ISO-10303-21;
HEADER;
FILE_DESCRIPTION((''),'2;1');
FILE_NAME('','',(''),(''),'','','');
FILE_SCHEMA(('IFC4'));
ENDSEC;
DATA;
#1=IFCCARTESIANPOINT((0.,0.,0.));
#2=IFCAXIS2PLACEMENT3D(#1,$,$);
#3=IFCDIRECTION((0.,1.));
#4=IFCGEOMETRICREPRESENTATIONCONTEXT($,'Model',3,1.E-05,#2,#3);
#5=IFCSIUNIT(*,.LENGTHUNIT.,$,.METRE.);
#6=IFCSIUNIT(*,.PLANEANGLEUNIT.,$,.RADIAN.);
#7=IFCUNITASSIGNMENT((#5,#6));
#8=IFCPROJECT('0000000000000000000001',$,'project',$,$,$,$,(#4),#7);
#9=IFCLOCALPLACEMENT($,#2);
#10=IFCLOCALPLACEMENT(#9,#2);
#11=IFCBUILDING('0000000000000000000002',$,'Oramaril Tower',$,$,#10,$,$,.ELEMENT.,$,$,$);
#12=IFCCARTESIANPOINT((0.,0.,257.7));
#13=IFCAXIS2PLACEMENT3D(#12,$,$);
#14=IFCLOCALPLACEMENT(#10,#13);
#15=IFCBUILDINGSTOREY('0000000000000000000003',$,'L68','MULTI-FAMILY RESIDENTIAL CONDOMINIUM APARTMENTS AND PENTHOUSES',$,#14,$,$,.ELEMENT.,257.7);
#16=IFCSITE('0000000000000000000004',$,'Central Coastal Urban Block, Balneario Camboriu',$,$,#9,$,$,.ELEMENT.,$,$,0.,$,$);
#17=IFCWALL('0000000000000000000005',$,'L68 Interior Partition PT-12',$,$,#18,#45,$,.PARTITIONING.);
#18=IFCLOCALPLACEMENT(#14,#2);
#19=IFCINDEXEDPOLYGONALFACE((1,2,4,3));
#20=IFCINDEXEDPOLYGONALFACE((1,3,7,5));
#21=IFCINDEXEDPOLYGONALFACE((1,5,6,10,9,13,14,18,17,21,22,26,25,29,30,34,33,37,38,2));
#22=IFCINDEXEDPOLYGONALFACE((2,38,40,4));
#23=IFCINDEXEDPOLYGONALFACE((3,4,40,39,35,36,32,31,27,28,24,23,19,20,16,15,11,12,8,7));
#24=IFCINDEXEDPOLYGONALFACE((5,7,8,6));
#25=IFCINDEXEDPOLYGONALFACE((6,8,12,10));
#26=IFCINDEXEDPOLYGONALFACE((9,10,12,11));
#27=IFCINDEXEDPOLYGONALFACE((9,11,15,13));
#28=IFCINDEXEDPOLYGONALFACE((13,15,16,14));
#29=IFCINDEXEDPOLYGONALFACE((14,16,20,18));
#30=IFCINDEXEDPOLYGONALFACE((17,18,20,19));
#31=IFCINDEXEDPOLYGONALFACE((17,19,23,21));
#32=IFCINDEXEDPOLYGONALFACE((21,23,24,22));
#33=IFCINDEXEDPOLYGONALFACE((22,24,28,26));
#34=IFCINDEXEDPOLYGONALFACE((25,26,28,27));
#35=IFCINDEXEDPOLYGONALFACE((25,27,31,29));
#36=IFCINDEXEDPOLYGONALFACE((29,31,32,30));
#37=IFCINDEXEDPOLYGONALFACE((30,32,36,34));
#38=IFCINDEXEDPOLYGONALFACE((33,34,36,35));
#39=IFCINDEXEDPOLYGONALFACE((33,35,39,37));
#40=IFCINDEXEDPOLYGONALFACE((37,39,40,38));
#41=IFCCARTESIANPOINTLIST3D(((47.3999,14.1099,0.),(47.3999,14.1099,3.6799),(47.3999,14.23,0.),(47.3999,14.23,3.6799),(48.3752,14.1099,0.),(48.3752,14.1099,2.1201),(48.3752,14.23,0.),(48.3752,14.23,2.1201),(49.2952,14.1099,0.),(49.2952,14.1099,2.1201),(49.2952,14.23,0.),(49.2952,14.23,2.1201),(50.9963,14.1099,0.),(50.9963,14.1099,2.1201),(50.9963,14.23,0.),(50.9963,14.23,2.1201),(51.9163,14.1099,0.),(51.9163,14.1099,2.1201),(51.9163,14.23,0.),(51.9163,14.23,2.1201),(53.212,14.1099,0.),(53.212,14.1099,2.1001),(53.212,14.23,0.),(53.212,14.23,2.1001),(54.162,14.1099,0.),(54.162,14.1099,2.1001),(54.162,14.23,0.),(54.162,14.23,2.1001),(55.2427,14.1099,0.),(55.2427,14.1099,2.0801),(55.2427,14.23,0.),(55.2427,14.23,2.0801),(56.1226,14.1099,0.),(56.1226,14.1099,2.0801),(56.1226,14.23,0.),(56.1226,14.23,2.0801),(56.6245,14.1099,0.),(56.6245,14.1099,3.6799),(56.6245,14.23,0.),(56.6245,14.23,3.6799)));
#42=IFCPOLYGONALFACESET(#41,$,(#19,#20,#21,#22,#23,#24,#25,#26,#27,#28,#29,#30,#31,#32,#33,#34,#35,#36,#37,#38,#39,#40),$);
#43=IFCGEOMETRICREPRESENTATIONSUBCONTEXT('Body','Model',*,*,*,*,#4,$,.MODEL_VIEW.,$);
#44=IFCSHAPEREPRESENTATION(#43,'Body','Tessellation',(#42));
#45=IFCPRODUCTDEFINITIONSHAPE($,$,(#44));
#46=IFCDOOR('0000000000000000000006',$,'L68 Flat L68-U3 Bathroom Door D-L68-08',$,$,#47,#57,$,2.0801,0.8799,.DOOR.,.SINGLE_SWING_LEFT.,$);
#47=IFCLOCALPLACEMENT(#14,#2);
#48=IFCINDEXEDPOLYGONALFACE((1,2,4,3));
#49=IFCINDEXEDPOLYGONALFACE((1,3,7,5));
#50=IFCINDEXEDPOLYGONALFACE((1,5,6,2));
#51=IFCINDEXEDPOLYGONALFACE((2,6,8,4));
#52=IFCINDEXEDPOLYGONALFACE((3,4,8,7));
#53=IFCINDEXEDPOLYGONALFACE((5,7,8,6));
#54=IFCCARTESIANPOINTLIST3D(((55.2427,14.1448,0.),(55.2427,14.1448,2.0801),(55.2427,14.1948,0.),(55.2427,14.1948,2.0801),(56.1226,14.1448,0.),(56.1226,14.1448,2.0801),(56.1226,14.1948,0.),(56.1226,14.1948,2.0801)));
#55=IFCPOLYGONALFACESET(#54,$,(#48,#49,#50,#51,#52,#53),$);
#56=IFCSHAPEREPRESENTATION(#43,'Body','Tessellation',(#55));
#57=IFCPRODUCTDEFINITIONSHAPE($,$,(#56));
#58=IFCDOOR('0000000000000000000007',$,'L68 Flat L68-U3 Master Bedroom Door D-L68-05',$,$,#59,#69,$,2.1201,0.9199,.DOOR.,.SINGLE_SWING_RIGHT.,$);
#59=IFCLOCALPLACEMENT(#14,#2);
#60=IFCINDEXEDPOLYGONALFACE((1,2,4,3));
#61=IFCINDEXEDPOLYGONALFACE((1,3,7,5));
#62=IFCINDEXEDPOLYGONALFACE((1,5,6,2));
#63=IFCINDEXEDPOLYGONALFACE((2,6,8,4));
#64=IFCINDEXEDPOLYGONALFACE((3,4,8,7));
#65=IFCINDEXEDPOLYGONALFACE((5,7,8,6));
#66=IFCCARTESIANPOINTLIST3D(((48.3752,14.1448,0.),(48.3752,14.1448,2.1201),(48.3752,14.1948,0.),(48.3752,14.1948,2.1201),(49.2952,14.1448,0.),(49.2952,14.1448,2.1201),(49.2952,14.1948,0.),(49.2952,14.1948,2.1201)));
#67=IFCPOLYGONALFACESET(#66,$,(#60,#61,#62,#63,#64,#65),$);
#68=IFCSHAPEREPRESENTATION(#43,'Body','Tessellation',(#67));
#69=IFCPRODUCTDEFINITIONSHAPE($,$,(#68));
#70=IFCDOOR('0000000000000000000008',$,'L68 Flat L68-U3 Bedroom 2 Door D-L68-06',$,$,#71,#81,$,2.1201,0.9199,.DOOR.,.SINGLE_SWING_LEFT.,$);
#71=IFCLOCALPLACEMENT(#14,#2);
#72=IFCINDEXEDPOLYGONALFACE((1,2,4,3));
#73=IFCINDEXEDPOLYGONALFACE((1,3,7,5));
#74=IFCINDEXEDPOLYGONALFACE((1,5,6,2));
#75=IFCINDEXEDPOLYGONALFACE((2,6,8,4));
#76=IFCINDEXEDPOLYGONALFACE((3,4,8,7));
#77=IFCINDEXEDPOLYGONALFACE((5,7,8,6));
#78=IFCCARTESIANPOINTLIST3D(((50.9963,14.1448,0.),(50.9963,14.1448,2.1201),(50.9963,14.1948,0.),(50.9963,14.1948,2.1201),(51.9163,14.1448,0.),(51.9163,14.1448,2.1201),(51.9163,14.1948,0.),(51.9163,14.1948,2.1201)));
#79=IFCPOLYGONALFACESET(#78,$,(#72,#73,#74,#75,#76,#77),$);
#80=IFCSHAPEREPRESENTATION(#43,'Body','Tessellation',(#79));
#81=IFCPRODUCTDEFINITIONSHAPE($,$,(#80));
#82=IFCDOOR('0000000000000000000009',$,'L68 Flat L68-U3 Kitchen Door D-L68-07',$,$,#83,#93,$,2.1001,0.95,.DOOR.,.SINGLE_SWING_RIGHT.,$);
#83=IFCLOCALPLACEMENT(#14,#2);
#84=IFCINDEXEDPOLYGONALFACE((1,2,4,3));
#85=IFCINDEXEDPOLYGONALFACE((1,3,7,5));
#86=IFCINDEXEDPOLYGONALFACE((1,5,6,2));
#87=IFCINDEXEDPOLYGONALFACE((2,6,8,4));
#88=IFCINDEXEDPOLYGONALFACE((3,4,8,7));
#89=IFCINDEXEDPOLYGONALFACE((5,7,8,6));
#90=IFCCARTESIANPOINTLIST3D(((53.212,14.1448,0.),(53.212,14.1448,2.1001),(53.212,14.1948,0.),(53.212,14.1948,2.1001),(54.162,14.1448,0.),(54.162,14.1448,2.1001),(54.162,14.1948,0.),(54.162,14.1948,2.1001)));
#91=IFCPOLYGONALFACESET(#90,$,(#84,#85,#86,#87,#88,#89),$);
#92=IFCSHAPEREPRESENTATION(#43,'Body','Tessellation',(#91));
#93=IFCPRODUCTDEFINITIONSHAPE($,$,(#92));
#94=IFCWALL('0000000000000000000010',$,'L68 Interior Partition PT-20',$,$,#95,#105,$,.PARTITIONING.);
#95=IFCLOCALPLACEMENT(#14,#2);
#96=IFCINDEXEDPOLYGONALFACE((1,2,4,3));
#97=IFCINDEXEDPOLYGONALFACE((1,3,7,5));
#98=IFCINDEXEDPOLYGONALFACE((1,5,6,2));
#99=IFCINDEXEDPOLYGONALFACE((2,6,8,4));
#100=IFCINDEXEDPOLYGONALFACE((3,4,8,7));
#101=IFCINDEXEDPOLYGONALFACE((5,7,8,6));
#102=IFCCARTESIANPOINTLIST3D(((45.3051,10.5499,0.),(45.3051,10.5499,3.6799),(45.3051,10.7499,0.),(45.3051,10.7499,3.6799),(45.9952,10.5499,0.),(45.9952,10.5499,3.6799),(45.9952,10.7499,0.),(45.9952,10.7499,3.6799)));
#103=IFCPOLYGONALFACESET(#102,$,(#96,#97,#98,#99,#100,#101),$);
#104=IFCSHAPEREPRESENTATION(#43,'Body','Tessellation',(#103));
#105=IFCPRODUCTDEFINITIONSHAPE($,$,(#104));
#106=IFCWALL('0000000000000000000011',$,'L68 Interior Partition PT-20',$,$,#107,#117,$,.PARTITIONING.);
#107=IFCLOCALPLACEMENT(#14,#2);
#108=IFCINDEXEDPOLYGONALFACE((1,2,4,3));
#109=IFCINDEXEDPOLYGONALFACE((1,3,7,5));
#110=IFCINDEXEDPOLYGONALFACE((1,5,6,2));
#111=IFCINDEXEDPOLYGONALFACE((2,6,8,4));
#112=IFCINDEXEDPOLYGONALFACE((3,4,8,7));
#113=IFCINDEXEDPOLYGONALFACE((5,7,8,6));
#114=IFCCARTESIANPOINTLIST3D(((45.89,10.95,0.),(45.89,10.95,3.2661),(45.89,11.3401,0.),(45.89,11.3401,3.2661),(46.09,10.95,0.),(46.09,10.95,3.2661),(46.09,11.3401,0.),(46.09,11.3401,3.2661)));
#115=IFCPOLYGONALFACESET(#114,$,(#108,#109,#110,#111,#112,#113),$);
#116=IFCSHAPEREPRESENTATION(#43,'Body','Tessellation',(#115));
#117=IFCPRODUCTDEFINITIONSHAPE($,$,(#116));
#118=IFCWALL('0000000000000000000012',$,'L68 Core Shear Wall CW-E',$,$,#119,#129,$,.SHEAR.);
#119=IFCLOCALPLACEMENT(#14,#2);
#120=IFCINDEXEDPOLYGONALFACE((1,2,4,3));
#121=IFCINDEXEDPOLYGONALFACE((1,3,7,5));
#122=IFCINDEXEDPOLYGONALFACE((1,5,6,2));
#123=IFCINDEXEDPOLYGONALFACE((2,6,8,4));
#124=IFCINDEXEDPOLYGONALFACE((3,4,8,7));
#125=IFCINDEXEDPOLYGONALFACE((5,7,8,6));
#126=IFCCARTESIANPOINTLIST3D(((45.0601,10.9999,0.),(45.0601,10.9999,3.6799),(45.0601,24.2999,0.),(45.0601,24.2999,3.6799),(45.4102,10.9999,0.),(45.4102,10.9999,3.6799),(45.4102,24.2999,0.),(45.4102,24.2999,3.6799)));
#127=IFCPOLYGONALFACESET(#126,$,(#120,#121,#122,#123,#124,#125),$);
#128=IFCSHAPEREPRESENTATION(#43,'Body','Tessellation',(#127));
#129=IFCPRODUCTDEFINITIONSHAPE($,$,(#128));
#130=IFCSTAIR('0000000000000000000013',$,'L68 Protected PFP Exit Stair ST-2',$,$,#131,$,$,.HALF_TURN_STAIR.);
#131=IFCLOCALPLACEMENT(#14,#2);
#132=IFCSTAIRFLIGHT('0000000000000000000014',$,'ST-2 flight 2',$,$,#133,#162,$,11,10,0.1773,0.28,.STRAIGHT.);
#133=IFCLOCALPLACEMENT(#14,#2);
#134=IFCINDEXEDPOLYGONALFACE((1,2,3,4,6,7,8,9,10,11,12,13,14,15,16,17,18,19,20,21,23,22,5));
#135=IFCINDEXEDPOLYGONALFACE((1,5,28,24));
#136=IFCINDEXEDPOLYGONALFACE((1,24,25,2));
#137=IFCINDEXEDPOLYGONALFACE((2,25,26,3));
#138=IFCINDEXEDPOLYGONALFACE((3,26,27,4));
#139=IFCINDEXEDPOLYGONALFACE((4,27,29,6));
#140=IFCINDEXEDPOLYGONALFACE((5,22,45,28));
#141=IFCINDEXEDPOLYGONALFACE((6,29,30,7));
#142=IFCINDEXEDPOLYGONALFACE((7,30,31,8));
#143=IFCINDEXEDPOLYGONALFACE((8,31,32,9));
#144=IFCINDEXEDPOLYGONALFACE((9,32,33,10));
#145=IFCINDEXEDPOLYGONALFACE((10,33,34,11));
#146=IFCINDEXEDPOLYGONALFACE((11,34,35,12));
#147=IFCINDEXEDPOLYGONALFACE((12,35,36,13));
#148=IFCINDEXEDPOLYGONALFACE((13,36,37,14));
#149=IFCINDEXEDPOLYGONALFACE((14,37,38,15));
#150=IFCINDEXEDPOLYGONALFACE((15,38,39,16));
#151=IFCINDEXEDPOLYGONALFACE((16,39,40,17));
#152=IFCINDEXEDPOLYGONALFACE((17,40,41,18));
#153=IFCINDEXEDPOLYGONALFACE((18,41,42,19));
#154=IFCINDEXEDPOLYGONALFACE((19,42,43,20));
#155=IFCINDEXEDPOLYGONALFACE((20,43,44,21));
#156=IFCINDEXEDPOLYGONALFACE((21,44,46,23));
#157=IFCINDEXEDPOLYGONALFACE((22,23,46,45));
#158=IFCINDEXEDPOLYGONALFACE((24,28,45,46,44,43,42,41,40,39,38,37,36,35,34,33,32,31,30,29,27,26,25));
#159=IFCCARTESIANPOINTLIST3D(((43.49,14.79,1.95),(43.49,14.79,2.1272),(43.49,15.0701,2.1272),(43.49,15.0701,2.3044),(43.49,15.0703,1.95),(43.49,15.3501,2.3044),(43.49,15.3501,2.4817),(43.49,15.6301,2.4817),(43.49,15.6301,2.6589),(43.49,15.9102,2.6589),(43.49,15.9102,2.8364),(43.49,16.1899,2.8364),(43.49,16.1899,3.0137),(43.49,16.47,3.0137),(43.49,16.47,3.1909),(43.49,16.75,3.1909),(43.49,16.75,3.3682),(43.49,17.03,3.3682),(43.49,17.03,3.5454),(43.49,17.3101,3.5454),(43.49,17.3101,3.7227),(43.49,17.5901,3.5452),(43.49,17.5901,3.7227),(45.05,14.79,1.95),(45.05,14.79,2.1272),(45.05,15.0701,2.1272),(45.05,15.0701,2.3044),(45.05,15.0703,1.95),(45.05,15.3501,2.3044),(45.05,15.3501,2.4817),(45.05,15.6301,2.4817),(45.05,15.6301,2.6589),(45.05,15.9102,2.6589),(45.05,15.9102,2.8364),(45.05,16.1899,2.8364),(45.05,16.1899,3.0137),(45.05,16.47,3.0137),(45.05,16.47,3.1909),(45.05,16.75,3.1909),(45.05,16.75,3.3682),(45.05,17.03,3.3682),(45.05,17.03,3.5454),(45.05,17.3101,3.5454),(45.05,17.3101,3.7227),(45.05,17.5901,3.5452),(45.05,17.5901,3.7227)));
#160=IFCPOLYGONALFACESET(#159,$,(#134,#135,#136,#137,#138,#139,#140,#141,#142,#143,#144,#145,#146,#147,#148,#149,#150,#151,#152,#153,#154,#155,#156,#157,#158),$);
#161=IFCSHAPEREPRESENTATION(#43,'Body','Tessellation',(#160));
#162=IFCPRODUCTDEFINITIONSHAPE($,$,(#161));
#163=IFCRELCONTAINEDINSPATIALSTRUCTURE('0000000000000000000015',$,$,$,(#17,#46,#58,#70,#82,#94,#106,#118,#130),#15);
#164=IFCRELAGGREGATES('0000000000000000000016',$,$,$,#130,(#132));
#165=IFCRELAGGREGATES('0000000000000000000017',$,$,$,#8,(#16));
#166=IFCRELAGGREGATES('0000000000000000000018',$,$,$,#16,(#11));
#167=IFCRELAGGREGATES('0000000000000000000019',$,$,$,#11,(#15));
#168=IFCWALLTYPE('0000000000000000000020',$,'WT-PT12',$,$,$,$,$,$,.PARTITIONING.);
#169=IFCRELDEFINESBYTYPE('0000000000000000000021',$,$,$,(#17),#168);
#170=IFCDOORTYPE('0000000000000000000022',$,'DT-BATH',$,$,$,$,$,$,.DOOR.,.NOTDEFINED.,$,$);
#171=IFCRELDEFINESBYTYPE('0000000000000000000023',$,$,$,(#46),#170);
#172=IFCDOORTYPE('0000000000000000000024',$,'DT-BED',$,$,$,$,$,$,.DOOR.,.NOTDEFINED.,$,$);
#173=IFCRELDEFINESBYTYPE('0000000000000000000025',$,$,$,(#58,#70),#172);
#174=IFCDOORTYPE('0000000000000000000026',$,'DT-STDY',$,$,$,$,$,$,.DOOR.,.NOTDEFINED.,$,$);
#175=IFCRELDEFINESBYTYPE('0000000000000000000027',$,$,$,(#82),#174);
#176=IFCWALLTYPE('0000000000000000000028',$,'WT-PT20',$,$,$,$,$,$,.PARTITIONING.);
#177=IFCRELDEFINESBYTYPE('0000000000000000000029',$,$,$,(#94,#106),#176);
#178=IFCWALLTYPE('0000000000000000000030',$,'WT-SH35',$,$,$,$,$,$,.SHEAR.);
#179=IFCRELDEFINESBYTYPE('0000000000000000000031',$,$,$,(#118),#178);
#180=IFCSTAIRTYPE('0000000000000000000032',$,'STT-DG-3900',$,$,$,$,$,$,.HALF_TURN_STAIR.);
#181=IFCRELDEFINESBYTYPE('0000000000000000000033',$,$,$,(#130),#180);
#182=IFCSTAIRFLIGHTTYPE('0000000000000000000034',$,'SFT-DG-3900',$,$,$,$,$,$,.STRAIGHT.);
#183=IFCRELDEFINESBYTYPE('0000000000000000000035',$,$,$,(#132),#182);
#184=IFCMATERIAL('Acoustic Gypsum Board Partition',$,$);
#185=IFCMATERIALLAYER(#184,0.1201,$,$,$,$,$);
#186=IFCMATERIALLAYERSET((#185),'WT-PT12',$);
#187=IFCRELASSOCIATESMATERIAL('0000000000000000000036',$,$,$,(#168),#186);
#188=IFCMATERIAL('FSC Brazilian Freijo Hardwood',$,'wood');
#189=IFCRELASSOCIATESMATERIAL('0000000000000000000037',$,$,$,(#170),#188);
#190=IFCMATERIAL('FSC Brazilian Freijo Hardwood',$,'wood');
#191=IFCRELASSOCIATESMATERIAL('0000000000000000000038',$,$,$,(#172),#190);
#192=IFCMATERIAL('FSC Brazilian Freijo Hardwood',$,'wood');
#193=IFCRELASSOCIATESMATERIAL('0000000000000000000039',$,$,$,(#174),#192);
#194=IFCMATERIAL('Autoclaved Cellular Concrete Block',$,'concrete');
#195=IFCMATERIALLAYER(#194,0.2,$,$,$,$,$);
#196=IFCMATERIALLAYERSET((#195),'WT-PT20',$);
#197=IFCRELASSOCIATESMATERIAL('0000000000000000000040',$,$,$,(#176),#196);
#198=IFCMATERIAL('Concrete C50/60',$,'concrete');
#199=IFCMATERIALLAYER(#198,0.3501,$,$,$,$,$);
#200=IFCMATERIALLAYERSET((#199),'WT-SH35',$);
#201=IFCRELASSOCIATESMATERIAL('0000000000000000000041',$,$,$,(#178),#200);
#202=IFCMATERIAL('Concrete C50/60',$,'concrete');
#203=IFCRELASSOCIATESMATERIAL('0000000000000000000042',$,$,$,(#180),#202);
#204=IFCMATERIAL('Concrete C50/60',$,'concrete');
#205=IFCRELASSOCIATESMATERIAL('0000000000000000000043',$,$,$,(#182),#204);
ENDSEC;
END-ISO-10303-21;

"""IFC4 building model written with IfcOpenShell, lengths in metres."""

from ifc_helpers import new_model, si_unit, direction, frame, frame_2d, origin, place, context, subcontext, project, spatial, polyline, rectangle, outline, extrude, material, layer, layer_set, type_object, element, fill, aggregate, save


model = new_model("IFC4")

# Units and contexts
model_context = context("Model", 3, precision=1e-05, world=origin(), true_north=direction((0.0, 1.0)))
body_context = subcontext(model_context, "Body", "Model", "MODEL_VIEW")
ifc_project = project(units=[si_unit("LENGTHUNIT", "METRE"), si_unit("PLANEANGLEUNIT", "RADIAN")], contexts=[model_context])

# Site, building, storey
site_placement = place(None, origin())
site = spatial("IfcSite", under=ifc_project, at=site_placement, Name="Central Coastal Urban Block, Balneario Camboriu", CompositionType="ELEMENT", RefElevation=0.0)
building_placement = place(site_placement, origin())
building = spatial("IfcBuilding", under=site, at=building_placement, Name="Oramaril Tower", CompositionType="ELEMENT")
storey_placement = place(building_placement, frame((0.0, 0.0, 257.7)))
storey = spatial("IfcBuildingStorey", under=building, at=storey_placement, Name="L68", Description="MULTI-FAMILY RESIDENTIAL CONDOMINIUM APARTMENTS AND PENTHOUSES", CompositionType="ELEMENT", Elevation=257.7)

# Wall, openings, doors
ifc_material_1 = material(Name="Acoustic Gypsum Board Partition")
ifc_layer_1 = layer(ifc_material_1, 0.1201)
ifc_layer_set_1 = layer_set([ifc_layer_1], Name="WT-PT12")
wall_type_1 = type_object("IfcWallType", Name="WT-PT12", PredefinedType="PARTITIONING", material=ifc_layer_set_1)
wall_1_placement = place(storey_placement, frame((47.3999, 14.1699, 0.0), z_axis=(0.0, 0.0, 1.0), x_axis=(1.0, 0.0, 0.0)))
wall_1 = element("IfcWall", 1, at=wall_1_placement, inside=storey, type_object=wall_type_1, Name="L68 Interior Partition PT-12", PredefinedType="PARTITIONING", context=body_context, shape_type="SweptSolid", body=[
    extrude(rectangle(XDim=9.2246, YDim=0.1201, at=frame_2d((4.6123, 0.0))), origin(), (0.0, 0.0, 1.0), 3.6799),
])
opening_1_placement = place(wall_1_placement, frame((0.9753, 0.0, 0.0)))
opening_1 = element("IfcOpeningElement", 2, at=opening_1_placement, cuts=wall_1, PredefinedType="OPENING", context=body_context, shape_type="SweptSolid", body=[
    extrude(rectangle(XDim=0.9199, YDim=2.1201, at=frame_2d((0.46, 1.0601))), frame((0.0, 0.0601, 0.0), z_axis=(0.0, -1.0, 0.0), x_axis=(1.0, 0.0, 0.0)), (0.0, 0.0, 1.0), 0.1201),
])
opening_2_placement = place(wall_1_placement, frame((3.5964, 0.0, 0.0)))
opening_2 = element("IfcOpeningElement", 3, at=opening_2_placement, cuts=wall_1, PredefinedType="OPENING", context=body_context, shape_type="SweptSolid", body=[
    extrude(rectangle(XDim=0.9199, YDim=2.1201, at=frame_2d((0.46, 1.0601))), frame((0.0, 0.0601, 0.0), z_axis=(0.0, -1.0, 0.0), x_axis=(1.0, 0.0, 0.0)), (0.0, 0.0, 1.0), 0.1201),
])
opening_3_placement = place(wall_1_placement, frame((5.812, 0.0, 0.0)))
opening_3 = element("IfcOpeningElement", 4, at=opening_3_placement, cuts=wall_1, PredefinedType="OPENING", context=body_context, shape_type="SweptSolid", body=[
    extrude(rectangle(XDim=0.95, YDim=2.1001, at=frame_2d((0.4751, 1.05))), frame((0.0, 0.0601, 0.0), z_axis=(0.0, -1.0, 0.0), x_axis=(1.0, 0.0, 0.0)), (0.0, 0.0, 1.0), 0.1201),
])
opening_4_placement = place(wall_1_placement, frame((7.8428, 0.0, 0.0)))
opening_4 = element("IfcOpeningElement", 5, at=opening_4_placement, cuts=wall_1, PredefinedType="OPENING", context=body_context, shape_type="SweptSolid", body=[
    extrude(rectangle(XDim=0.8799, YDim=2.0801, at=frame_2d((0.4399, 1.04))), frame((0.0, 0.0601, 0.0), z_axis=(0.0, -1.0, 0.0), x_axis=(1.0, 0.0, 0.0)), (0.0, 0.0, 1.0), 0.1201),
])
ifc_material_2 = material(Name="FSC Brazilian Freijo Hardwood", Category="wood")
door_type_1 = type_object("IfcDoorType", Name="DT-BATH", OperationType="NOTDEFINED", PredefinedType="DOOR", material=ifc_material_2)
door_1_placement = place(opening_4_placement, origin())
door_1 = element("IfcDoor", 6, at=door_1_placement, inside=storey, type_object=door_type_1, Name="L68 Flat L68-U3 Bathroom Door D-L68-08", OperationType="SINGLE_SWING_LEFT", OverallHeight=2.0801, OverallWidth=0.8799, PredefinedType="DOOR", context=body_context, shape_type="SweptSolid", body=[
    extrude(rectangle(XDim=0.8799, YDim=2.0801, at=frame_2d((0.4399, 1.04))), frame((0.0, 0.0249, 0.0), z_axis=(0.0, -1.0, 0.0), x_axis=(1.0, 0.0, 0.0)), (0.0, 0.0, 1.0), 0.05),
])
fill(opening_4, door_1)
ifc_material_3 = material(Name="FSC Brazilian Freijo Hardwood", Category="wood")
door_type_2 = type_object("IfcDoorType", Name="DT-BED", OperationType="NOTDEFINED", PredefinedType="DOOR", material=ifc_material_3)
door_2_placement = place(opening_1_placement, origin())
door_2 = element("IfcDoor", 7, at=door_2_placement, inside=storey, type_object=door_type_2, Name="L68 Flat L68-U3 Master Bedroom Door D-L68-05", OperationType="SINGLE_SWING_RIGHT", OverallHeight=2.1201, OverallWidth=0.9199, PredefinedType="DOOR", context=body_context, shape_type="SweptSolid", body=[
    extrude(rectangle(XDim=0.9199, YDim=2.1201, at=frame_2d((0.46, 1.0601))), frame((0.0, 0.0249, 0.0), z_axis=(0.0, -1.0, 0.0), x_axis=(1.0, 0.0, 0.0)), (0.0, 0.0, 1.0), 0.05),
])
fill(opening_1, door_2)
door_3_placement = place(opening_2_placement, origin())
door_3 = element("IfcDoor", 8, at=door_3_placement, inside=storey, type_object=door_type_2, Name="L68 Flat L68-U3 Bedroom 2 Door D-L68-06", OperationType="SINGLE_SWING_LEFT", OverallHeight=2.1201, OverallWidth=0.9199, PredefinedType="DOOR", context=body_context, shape_type="SweptSolid", body=[
    extrude(rectangle(XDim=0.9199, YDim=2.1201, at=frame_2d((0.46, 1.0601))), frame((0.0, 0.0249, 0.0), z_axis=(0.0, -1.0, 0.0), x_axis=(1.0, 0.0, 0.0)), (0.0, 0.0, 1.0), 0.05),
])
fill(opening_2, door_3)
ifc_material_4 = material(Name="FSC Brazilian Freijo Hardwood", Category="wood")
door_type_3 = type_object("IfcDoorType", Name="DT-STDY", OperationType="NOTDEFINED", PredefinedType="DOOR", material=ifc_material_4)
door_4_placement = place(opening_3_placement, origin())
door_4 = element("IfcDoor", 9, at=door_4_placement, inside=storey, type_object=door_type_3, Name="L68 Flat L68-U3 Kitchen Door D-L68-07", OperationType="SINGLE_SWING_RIGHT", OverallHeight=2.1001, OverallWidth=0.95, PredefinedType="DOOR", context=body_context, shape_type="SweptSolid", body=[
    extrude(rectangle(XDim=0.95, YDim=2.1001, at=frame_2d((0.4751, 1.05))), frame((0.0, 0.0249, 0.0), z_axis=(0.0, -1.0, 0.0), x_axis=(1.0, 0.0, 0.0)), (0.0, 0.0, 1.0), 0.05),
])
fill(opening_3, door_4)

# Walls
ifc_material_5 = material(Name="Autoclaved Cellular Concrete Block", Category="concrete")
ifc_layer_2 = layer(ifc_material_5, 0.2)
ifc_layer_set_2 = layer_set([ifc_layer_2], Name="WT-PT20")
wall_type_2 = type_object("IfcWallType", Name="WT-PT20", PredefinedType="PARTITIONING", material=ifc_layer_set_2)
wall_2_placement = place(storey_placement, frame((45.3049, 10.6499, 0.0), z_axis=(0.0, 0.0, 1.0), x_axis=(1.0, 0.0, 0.0)))
element("IfcWall", 10, at=wall_2_placement, inside=storey, type_object=wall_type_2, Name="L68 Interior Partition PT-20", PredefinedType="PARTITIONING", context=body_context, shape_type="SweptSolid", body=[
    extrude(rectangle(XDim=0.6902, YDim=0.2, at=frame_2d((0.3452, 0.0))), origin(), (0.0, 0.0, 1.0), 3.6799),
])
wall_3_placement = place(storey_placement, frame((45.99, 10.95, 0.0), z_axis=(0.0, 0.0, 1.0), x_axis=(0.0, 1.0, 0.0)))
element("IfcWall", 11, at=wall_3_placement, inside=storey, type_object=wall_type_2, Name="L68 Interior Partition PT-20", PredefinedType="PARTITIONING", context=body_context, shape_type="SweptSolid", body=[
    extrude(rectangle(XDim=0.3901, YDim=0.2, at=frame_2d((0.1951, 0.0))), origin(), (0.0, 0.0, 1.0), 3.2661),
])

# Wall
ifc_material_6 = material(Name="Concrete C50/60", Category="concrete")
ifc_layer_3 = layer(ifc_material_6, 0.3501)
ifc_layer_set_3 = layer_set([ifc_layer_3], Name="WT-SH35")
wall_type_3 = type_object("IfcWallType", Name="WT-SH35", PredefinedType="SHEAR", material=ifc_layer_set_3)
wall_4_placement = place(storey_placement, frame((45.2351, 11.0, 0.0), z_axis=(0.0, 0.0, 1.0), x_axis=(0.0, 1.0, 0.0)))
element("IfcWall", 12, at=wall_4_placement, inside=storey, type_object=wall_type_3, Name="L68 Core Shear Wall CW-E", PredefinedType="SHEAR", context=body_context, shape_type="SweptSolid", body=[
    extrude(rectangle(XDim=13.3, YDim=0.3501, at=frame_2d((6.6499, 0.0))), origin(), (0.0, 0.0, 1.0), 3.6799),
])

# Stair, stair flight
ifc_material_7 = material(Name="Concrete C50/60", Category="concrete")
stair_type = type_object("IfcStairType", Name="STT-DG-3900", PredefinedType="HALF_TURN_STAIR", material=ifc_material_7)
stair_placement = place(storey_placement, origin())
stair = element("IfcStair", 13, at=stair_placement, inside=storey, type_object=stair_type, Name="L68 Protected PFP Exit Stair ST-2", PredefinedType="HALF_TURN_STAIR")
ifc_material_8 = material(Name="Concrete C50/60", Category="concrete")
stair_flight_type = type_object("IfcStairFlightType", Name="SFT-DG-3900", PredefinedType="STRAIGHT", material=ifc_material_8)
stair_flight_placement = place(storey_placement, frame((44.27, 14.79, 1.95), z_axis=(0.0, 0.0, 1.0), x_axis=(0.0, 1.0, 0.0)))
stair_flight = element("IfcStairFlight", 14, at=stair_flight_placement, type_object=stair_flight_type, Name="ST-2 flight 2", NumberOfRisers=11, NumberOfTreads=10, PredefinedType="STRAIGHT", RiserHeight=0.1773, TreadLength=0.28, context=body_context, shape_type="SweptSolid", body=[
    extrude(outline(polyline([(0.0, 0.0), (0.0, 0.1772), (0.28, 0.1772), (0.28, 0.3545), (0.5601, 0.3545), (0.5601, 0.5317), (0.8401, 0.5317), (0.8401, 0.709), (1.1201, 0.709), (1.1201, 0.8865), (1.3999, 0.8865), (1.3999, 1.0637), (1.6799, 1.0637), (1.6799, 1.241), (1.96, 1.241), (1.96, 1.4182), (2.24, 1.4182), (2.24, 1.5955), (2.52, 1.5955), (2.52, 1.7727), (2.8, 1.7727), (2.8, 1.95), (2.8, 1.5952), (0.2803, 0.0), (0.0, 0.0)])), frame((0.0, 0.78, 0.0), z_axis=(0.0, -1.0, 0.0), x_axis=(1.0, 0.0, 0.0)), (0.0, 0.0, 1.0), 1.5601),
])
aggregate(stair, [stair_flight])

save(model, "model.ifc")
